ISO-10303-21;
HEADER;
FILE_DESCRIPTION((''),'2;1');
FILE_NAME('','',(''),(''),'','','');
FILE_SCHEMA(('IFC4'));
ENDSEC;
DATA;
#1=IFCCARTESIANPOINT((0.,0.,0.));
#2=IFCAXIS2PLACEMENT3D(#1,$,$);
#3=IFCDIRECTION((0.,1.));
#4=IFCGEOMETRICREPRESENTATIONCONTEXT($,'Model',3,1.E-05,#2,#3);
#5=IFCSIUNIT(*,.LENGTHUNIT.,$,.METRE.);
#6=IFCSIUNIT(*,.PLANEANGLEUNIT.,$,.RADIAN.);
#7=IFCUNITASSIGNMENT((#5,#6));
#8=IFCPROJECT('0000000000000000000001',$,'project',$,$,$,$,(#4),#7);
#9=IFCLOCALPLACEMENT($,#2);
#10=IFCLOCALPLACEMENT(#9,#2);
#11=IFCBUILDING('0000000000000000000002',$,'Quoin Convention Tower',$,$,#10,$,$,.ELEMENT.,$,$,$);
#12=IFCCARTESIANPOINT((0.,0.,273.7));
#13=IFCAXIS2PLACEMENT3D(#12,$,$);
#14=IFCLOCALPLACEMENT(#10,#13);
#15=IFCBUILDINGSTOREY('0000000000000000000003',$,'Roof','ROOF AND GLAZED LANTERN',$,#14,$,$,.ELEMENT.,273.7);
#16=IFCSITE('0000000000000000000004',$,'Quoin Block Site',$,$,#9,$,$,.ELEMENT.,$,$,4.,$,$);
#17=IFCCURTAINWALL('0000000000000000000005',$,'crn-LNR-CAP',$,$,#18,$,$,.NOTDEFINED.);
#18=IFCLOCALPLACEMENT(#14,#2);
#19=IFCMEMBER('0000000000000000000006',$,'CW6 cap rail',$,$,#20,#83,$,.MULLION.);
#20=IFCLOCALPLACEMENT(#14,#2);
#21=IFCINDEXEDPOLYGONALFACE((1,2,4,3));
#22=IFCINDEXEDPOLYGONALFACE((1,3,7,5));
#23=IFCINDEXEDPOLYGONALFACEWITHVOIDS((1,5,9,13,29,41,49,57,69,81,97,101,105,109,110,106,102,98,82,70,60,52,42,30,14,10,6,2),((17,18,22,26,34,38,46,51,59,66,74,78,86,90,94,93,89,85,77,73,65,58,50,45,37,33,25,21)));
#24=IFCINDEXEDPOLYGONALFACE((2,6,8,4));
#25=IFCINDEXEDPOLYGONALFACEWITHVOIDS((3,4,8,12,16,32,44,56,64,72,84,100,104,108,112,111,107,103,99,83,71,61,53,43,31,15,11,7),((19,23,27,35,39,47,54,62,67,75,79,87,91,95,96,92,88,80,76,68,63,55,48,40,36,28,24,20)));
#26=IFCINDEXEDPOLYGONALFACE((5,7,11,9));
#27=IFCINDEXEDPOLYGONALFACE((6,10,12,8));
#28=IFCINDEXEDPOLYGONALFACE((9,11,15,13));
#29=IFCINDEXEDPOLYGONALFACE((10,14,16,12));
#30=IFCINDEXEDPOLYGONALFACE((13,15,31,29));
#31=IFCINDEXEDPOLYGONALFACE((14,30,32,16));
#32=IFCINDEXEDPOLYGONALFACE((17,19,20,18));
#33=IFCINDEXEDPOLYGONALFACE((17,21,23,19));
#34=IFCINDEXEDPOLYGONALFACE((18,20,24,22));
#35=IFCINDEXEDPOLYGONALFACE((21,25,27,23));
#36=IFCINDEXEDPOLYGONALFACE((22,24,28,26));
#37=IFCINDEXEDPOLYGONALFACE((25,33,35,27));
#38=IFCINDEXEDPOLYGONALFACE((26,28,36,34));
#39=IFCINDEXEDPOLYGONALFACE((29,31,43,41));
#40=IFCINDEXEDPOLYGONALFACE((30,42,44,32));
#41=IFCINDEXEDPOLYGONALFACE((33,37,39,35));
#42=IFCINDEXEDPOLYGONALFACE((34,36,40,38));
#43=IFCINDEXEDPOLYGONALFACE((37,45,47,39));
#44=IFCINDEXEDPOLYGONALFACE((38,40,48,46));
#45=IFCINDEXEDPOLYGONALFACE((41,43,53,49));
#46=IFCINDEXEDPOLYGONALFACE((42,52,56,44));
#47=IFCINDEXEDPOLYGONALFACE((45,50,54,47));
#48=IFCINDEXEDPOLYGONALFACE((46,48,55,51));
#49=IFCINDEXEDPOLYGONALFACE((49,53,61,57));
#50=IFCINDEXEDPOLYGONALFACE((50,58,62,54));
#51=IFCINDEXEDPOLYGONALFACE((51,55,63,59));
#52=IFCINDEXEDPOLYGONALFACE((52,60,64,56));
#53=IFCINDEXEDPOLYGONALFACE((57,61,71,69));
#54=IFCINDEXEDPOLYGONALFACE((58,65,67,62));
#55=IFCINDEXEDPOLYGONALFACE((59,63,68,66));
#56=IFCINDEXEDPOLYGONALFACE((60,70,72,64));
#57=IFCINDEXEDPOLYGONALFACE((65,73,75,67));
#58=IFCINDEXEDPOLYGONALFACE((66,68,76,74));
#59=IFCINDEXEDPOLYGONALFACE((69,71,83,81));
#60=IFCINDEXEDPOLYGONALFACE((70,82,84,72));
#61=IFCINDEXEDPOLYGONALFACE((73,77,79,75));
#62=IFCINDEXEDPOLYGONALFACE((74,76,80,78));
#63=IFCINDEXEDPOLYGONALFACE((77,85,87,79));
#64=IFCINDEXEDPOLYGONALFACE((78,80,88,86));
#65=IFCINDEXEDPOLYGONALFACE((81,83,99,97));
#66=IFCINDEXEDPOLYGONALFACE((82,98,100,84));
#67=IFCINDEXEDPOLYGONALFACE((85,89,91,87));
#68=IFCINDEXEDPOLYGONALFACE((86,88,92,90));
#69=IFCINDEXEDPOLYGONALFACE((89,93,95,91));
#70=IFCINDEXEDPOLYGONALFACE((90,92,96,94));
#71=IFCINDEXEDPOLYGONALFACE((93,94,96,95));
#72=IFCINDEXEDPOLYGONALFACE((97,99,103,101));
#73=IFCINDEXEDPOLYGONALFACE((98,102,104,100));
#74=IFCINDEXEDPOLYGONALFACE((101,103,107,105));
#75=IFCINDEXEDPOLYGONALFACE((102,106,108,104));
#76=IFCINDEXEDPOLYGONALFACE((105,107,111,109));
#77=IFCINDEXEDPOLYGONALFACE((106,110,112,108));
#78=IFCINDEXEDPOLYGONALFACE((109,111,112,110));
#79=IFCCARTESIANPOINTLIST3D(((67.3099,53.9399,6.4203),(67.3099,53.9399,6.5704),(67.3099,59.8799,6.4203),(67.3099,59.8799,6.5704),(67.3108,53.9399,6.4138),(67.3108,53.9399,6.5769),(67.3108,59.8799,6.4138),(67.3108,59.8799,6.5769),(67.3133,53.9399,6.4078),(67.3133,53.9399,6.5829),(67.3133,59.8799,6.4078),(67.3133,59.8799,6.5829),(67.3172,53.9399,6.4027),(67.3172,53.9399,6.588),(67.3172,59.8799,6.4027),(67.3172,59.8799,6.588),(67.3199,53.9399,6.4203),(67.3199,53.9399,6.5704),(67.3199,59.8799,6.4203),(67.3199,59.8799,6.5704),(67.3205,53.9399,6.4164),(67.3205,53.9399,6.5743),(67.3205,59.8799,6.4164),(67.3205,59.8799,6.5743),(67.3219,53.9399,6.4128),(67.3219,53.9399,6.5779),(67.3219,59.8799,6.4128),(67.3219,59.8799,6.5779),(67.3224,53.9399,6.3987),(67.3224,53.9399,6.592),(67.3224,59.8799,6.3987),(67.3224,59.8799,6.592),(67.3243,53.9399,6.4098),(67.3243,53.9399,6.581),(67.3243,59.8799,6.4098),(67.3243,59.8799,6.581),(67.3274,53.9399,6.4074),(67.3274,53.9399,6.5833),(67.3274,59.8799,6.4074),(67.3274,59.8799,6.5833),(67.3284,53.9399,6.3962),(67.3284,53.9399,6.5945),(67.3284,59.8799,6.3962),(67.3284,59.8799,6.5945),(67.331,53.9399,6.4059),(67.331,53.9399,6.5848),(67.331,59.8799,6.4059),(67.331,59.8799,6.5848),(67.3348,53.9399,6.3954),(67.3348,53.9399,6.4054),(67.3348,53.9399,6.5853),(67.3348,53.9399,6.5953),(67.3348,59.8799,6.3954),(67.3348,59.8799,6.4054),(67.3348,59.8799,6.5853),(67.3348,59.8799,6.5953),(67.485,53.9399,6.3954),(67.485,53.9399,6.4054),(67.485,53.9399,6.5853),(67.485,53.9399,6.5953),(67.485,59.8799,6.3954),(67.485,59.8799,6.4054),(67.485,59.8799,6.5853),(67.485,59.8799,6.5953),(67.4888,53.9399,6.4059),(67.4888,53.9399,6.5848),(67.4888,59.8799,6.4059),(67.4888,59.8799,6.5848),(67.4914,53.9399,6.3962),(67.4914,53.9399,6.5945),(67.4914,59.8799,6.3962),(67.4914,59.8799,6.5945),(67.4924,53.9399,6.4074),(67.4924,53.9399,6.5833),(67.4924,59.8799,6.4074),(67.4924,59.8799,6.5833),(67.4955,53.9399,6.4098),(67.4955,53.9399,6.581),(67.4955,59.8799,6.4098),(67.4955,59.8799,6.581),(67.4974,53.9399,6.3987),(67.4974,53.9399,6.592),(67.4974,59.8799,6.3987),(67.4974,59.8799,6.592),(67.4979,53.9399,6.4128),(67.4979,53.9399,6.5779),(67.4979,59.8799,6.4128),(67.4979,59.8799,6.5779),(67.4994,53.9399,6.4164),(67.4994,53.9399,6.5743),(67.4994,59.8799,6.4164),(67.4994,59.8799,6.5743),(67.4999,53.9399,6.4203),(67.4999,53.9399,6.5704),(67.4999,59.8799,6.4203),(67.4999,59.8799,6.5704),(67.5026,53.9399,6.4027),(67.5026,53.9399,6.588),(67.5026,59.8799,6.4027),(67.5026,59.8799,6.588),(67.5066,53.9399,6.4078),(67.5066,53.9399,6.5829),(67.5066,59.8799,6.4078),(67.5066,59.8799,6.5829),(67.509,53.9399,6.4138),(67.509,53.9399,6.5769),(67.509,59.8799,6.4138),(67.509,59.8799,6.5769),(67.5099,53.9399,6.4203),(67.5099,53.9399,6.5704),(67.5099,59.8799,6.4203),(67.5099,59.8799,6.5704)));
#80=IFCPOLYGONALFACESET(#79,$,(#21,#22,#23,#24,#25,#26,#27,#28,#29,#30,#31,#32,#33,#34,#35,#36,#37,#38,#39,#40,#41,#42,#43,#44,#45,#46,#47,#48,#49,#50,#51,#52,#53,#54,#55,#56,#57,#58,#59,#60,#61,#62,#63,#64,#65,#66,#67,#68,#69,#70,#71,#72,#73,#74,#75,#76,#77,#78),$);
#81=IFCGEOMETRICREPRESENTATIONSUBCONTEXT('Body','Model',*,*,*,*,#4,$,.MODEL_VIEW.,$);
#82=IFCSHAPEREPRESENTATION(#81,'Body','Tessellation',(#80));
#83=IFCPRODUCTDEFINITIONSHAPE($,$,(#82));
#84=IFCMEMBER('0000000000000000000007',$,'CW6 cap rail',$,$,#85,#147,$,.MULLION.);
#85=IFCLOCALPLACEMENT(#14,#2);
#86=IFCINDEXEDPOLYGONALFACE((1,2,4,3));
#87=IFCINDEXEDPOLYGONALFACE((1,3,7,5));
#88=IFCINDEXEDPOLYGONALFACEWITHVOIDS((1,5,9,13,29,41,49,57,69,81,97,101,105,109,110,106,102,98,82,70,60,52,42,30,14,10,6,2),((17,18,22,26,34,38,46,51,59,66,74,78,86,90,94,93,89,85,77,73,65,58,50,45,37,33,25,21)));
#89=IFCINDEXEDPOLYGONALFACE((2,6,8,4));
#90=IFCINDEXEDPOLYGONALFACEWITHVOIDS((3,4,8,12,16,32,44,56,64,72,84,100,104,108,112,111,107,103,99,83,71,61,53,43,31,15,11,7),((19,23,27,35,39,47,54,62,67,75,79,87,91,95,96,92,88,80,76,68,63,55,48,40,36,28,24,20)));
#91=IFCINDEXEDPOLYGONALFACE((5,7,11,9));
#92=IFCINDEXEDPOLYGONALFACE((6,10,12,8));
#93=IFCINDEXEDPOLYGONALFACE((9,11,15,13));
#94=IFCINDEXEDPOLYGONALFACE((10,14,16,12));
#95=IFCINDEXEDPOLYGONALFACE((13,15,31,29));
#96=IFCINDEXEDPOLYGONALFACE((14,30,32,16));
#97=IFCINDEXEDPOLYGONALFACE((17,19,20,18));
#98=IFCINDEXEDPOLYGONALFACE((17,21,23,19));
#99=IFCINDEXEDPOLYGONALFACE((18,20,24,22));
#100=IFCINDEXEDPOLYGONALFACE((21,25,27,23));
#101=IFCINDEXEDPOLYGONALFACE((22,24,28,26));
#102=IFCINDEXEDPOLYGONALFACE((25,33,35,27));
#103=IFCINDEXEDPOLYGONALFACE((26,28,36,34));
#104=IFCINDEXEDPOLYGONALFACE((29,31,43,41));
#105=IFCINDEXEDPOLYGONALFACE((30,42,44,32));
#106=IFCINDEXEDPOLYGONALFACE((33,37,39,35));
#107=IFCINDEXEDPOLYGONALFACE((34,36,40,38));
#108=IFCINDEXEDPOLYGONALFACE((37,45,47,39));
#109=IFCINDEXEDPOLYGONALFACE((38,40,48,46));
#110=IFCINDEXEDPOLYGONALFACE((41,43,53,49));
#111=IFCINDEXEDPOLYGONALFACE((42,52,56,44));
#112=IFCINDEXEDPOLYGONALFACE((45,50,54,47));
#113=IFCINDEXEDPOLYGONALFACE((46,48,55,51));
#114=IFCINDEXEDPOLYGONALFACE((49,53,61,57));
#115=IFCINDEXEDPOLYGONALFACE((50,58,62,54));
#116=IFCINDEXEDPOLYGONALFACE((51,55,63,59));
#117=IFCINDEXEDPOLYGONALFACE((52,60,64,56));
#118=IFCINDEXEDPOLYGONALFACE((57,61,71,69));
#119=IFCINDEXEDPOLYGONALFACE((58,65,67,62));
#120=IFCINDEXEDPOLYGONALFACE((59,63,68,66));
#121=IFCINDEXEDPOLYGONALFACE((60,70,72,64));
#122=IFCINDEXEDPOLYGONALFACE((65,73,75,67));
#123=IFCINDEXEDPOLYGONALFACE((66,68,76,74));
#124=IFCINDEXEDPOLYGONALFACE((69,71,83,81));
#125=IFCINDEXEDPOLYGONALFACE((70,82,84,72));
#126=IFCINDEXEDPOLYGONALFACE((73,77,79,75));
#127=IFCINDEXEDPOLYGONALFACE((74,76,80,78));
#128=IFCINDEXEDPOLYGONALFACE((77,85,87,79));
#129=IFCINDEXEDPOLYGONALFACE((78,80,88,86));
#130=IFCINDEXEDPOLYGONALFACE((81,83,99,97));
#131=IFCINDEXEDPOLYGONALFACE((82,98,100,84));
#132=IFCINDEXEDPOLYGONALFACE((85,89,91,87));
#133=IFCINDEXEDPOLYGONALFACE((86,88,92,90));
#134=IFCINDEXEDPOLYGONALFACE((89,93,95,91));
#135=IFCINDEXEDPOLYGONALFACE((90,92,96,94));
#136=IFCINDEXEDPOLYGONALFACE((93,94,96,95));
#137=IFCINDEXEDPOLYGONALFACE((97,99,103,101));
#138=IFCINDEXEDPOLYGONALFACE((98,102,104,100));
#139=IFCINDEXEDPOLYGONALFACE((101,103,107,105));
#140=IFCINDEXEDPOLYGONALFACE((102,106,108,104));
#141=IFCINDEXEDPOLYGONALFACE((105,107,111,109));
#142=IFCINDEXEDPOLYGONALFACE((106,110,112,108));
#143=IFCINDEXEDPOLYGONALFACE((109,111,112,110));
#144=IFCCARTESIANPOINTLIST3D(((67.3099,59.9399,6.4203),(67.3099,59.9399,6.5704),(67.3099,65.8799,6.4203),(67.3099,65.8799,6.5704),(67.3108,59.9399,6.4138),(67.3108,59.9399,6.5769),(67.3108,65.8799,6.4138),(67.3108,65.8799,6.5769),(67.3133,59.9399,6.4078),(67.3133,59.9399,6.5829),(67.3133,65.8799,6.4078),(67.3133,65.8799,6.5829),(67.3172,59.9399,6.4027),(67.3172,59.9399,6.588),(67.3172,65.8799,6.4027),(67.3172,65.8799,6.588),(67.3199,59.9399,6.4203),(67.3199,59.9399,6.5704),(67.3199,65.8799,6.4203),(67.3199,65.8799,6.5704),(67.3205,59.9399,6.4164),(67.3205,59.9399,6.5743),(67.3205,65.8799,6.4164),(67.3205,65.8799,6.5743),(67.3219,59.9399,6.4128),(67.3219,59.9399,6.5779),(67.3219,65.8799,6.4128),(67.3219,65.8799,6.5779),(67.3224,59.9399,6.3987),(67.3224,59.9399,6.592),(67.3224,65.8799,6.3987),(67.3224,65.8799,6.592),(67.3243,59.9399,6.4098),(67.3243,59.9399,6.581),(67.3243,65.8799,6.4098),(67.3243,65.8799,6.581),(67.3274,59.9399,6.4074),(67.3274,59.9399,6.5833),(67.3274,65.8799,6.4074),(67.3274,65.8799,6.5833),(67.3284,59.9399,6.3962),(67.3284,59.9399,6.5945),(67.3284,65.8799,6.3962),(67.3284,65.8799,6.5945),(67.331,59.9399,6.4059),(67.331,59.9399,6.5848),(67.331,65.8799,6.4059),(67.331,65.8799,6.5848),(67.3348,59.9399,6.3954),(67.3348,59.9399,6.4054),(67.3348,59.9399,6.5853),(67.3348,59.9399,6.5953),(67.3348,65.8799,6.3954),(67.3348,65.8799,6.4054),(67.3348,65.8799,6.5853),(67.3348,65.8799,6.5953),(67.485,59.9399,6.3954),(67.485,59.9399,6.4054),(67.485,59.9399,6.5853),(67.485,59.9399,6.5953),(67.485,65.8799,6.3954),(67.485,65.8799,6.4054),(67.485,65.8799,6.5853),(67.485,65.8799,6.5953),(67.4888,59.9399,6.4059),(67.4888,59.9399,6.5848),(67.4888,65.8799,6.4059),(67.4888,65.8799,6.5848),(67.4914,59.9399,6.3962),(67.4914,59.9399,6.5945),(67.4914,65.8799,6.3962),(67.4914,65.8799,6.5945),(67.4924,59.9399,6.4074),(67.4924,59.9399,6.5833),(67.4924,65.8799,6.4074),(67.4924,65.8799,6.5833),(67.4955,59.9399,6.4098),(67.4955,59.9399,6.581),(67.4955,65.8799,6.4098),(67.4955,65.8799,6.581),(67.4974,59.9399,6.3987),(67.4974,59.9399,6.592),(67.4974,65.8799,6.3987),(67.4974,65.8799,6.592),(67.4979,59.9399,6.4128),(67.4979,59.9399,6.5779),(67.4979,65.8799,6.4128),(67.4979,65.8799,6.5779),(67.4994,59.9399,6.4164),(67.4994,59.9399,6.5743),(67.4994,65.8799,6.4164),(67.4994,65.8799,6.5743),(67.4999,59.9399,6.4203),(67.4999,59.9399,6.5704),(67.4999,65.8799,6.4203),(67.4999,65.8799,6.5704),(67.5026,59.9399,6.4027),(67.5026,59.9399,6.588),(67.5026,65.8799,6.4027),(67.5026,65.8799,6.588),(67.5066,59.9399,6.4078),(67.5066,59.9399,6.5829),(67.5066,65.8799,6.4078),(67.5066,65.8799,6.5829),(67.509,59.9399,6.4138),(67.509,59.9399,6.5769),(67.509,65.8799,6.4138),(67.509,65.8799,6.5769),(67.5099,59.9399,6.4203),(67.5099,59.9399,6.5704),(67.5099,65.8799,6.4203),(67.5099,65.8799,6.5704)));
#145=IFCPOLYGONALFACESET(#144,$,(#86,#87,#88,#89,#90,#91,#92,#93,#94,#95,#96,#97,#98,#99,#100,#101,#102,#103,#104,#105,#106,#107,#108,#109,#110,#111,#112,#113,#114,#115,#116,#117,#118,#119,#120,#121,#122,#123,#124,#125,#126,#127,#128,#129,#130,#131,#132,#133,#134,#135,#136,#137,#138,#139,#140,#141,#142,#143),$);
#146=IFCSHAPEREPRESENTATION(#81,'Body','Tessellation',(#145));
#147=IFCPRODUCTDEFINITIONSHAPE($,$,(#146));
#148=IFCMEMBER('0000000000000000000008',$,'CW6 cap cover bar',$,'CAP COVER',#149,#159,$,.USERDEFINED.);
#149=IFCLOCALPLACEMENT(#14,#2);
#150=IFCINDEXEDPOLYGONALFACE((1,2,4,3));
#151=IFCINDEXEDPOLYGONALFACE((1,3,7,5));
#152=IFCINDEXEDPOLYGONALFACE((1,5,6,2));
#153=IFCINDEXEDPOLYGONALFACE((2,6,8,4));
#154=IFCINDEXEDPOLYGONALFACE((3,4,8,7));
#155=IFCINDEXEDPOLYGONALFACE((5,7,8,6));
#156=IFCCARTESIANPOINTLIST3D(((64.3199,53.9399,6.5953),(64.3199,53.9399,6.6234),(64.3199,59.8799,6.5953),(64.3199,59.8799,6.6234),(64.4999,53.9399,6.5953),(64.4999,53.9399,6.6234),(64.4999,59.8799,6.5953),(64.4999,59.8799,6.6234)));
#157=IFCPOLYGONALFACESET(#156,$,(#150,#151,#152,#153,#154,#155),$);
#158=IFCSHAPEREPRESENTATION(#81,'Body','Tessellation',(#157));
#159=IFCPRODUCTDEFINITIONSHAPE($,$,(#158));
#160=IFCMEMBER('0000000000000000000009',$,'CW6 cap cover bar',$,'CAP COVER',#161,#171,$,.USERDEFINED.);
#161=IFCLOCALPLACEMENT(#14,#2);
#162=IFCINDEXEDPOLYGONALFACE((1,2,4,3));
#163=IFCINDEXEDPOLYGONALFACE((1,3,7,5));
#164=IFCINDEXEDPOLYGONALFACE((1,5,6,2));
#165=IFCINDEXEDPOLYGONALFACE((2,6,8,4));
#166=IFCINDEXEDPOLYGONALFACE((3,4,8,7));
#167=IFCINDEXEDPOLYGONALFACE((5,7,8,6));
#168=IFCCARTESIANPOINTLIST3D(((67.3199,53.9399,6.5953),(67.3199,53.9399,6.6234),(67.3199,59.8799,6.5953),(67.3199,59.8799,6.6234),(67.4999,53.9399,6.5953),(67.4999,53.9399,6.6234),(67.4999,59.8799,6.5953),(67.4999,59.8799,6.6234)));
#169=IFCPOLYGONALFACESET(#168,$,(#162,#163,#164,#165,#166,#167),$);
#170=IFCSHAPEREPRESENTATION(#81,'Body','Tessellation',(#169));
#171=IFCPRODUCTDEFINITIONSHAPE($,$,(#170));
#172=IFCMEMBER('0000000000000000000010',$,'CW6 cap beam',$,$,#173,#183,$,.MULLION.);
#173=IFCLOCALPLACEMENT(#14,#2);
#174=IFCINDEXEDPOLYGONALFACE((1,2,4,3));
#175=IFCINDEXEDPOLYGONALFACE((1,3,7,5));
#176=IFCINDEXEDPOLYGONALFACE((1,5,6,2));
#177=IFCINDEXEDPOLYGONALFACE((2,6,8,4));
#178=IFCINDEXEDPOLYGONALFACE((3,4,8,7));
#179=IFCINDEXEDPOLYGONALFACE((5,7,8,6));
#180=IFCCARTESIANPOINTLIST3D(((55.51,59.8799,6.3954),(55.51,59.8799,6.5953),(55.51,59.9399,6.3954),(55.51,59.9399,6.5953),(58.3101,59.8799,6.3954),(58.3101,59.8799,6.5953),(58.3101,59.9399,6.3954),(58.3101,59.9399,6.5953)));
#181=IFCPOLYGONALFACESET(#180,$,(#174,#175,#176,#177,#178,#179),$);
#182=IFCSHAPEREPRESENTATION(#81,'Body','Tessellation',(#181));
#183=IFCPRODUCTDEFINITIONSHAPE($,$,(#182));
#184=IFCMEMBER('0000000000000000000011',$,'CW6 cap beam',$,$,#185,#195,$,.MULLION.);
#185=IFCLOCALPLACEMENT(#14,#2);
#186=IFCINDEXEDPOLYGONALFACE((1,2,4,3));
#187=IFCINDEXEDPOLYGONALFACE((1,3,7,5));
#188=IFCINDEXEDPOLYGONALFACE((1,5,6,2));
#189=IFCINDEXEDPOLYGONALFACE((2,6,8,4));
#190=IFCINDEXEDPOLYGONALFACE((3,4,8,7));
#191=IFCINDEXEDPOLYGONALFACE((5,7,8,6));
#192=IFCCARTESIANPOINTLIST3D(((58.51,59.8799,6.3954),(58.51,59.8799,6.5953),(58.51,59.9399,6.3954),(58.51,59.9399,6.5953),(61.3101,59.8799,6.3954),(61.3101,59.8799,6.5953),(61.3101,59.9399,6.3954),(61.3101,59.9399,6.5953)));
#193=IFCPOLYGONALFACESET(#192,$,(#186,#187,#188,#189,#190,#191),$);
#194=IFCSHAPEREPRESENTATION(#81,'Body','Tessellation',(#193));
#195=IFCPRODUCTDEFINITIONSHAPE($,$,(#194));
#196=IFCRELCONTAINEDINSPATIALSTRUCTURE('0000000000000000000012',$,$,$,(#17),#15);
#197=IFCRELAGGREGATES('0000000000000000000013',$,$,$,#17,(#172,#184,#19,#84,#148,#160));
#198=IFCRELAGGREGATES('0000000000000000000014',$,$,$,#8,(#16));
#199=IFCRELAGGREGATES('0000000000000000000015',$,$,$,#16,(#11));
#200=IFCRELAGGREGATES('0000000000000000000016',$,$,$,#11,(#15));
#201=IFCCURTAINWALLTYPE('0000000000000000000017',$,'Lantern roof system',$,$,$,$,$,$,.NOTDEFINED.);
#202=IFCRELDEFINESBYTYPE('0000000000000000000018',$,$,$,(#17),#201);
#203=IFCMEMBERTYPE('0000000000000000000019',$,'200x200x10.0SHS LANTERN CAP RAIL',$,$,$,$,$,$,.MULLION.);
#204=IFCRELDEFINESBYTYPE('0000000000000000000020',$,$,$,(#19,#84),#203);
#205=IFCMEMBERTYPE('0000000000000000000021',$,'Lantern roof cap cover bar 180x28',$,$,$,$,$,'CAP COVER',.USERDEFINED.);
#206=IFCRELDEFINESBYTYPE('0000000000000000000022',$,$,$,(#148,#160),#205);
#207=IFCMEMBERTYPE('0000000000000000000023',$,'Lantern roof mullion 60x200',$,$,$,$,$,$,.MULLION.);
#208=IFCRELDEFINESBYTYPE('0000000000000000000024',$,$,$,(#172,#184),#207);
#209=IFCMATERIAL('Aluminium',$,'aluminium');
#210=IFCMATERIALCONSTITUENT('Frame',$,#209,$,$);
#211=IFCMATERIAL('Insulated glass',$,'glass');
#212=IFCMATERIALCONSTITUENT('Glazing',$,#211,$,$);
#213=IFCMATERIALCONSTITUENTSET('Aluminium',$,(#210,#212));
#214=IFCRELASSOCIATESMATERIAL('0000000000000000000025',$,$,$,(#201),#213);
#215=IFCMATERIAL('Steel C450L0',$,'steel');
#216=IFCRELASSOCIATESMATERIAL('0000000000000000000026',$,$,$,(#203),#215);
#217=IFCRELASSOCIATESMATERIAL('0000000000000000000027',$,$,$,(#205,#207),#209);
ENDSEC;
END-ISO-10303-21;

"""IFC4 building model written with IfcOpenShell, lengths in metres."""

from ifc_helpers import new_model, si_unit, direction, frame, origin, origin_2d, place, context, subcontext, project, spatial, rectangle, hollow_rectangle, extrude, material, constituent, constituent_set, material_profile, profile_set, type_object, element, aggregate, save


model = new_model("IFC4")

# Units and contexts
model_context = context("Model", 3, precision=1e-05, world=origin(), true_north=direction((0.0, 1.0)))
body_context = subcontext(model_context, "Body", "Model", "MODEL_VIEW")
ifc_project = project(units=[si_unit("LENGTHUNIT", "METRE"), si_unit("PLANEANGLEUNIT", "RADIAN")], contexts=[model_context])

# Site, building, storey
site_placement = place(None, origin())
site = spatial("IfcSite", under=ifc_project, at=site_placement, Name="Quoin Block Site", CompositionType="ELEMENT", RefElevation=4.0)
building_placement = place(site_placement, origin())
building = spatial("IfcBuilding", under=site, at=building_placement, Name="Quoin Convention Tower", CompositionType="ELEMENT")
storey_placement = place(building_placement, frame((0.0, 0.0, 273.7)))
storey = spatial("IfcBuildingStorey", under=building, at=storey_placement, Name="Roof", Description="ROOF AND GLAZED LANTERN", CompositionType="ELEMENT", Elevation=273.7)

# Shared definitions
ifc_material_1 = material(Name="Steel C450L0", Category="steel")

# Curtain wall, members
ifc_material_2 = material(Name="Aluminium", Category="aluminium")
ifc_constituent_1 = constituent(ifc_material_2, Name="Frame")
ifc_material_3 = material(Name="Insulated glass", Category="glass")
ifc_constituent_2 = constituent(ifc_material_3, Name="Glazing")
ifc_constituent_set = constituent_set(constituents=[ifc_constituent_1, ifc_constituent_2], Name="Aluminium")
curtain_wall_type = type_object("IfcCurtainWallType", Name="Lantern roof system", PredefinedType="NOTDEFINED", material=ifc_constituent_set)
curtain_wall_placement = place(storey_placement, origin())
curtain_wall = element("IfcCurtainWall", 1, at=curtain_wall_placement, inside=storey, type_object=curtain_wall_type, Name="crn-LNR-CAP", PredefinedType="NOTDEFINED")
ifc_material_profile_1 = material_profile(ifc_material_1, hollow_rectangle(XDim=0.2, YDim=0.2, WallThickness=0.01, InnerFilletRadius=0.0149, OuterFilletRadius=0.0249, at=origin_2d()), Name="200x200x10.0SHS")
ifc_profile_set_1 = profile_set([ifc_material_profile_1], Name="Steel C450L0")
member_type_1 = type_object("IfcMemberType", Name="200x200x10.0SHS LANTERN CAP RAIL", PredefinedType="MULLION", material=ifc_profile_set_1)
member_1_placement = place(storey_placement, frame((67.4099, 53.9399, 6.4954), z_axis=(0.0, 1.0, 0.0), x_axis=(-1.0, 0.0, 0.0)))
member_1 = element("IfcMember", 2, at=member_1_placement, type_object=member_type_1, Name="CW6 cap rail", PredefinedType="MULLION", context=body_context, shape_type="SweptSolid", body=[
    extrude(hollow_rectangle(XDim=0.2, YDim=0.2, WallThickness=0.01, InnerFilletRadius=0.0149, OuterFilletRadius=0.0249, at=origin_2d()), origin(), (0.0, 0.0, 1.0), 5.9399),
])
member_2_placement = place(storey_placement, frame((67.4099, 59.9399, 6.4954), z_axis=(0.0, 1.0, 0.0), x_axis=(-1.0, 0.0, 0.0)))
member_2 = element("IfcMember", 3, at=member_2_placement, type_object=member_type_1, Name="CW6 cap rail", PredefinedType="MULLION", context=body_context, shape_type="SweptSolid", body=[
    extrude(hollow_rectangle(XDim=0.2, YDim=0.2, WallThickness=0.01, InnerFilletRadius=0.0149, OuterFilletRadius=0.0249, at=origin_2d()), origin(), (0.0, 0.0, 1.0), 5.9399),
])
ifc_material_profile_2 = material_profile(ifc_material_2, rectangle(XDim=0.0281, YDim=0.1799, at=origin_2d()), Name="Lantern roof cap cover bar 180x28")
ifc_profile_set_2 = profile_set([ifc_material_profile_2], Name="Aluminium")
member_type_2 = type_object("IfcMemberType", Name="Lantern roof cap cover bar 180x28", ElementType="CAP COVER", PredefinedType="USERDEFINED", material=ifc_profile_set_2)
member_3_placement = place(storey_placement, frame((64.4099, 53.9399, 6.6094), z_axis=(0.0, 1.0, 0.0), x_axis=(0.0, 0.0, 1.0)))
member_3 = element("IfcMember", 4, at=member_3_placement, type_object=member_type_2, Name="CW6 cap cover bar", ObjectType="CAP COVER", PredefinedType="USERDEFINED", context=body_context, shape_type="SweptSolid", body=[
    extrude(rectangle(XDim=0.0281, YDim=0.1799, at=origin_2d()), origin(), (0.0, 0.0, 1.0), 5.9399),
])
member_4_placement = place(storey_placement, frame((67.4099, 53.9399, 6.6094), z_axis=(0.0, 1.0, 0.0), x_axis=(0.0, 0.0, 1.0)))
member_4 = element("IfcMember", 5, at=member_4_placement, type_object=member_type_2, Name="CW6 cap cover bar", ObjectType="CAP COVER", PredefinedType="USERDEFINED", context=body_context, shape_type="SweptSolid", body=[
    extrude(rectangle(XDim=0.0281, YDim=0.1799, at=origin_2d()), origin(), (0.0, 0.0, 1.0), 5.9399),
])
ifc_material_profile_3 = material_profile(ifc_material_2, rectangle(XDim=0.2, YDim=0.0601, at=origin_2d()), Name="Lantern roof mullion 60x200")
ifc_profile_set_3 = profile_set([ifc_material_profile_3], Name="Aluminium")
member_type_3 = type_object("IfcMemberType", Name="Lantern roof mullion 60x200", PredefinedType="MULLION", material=ifc_profile_set_3)
member_5_placement = place(storey_placement, frame((55.51, 59.9099, 6.4954), z_axis=(1.0, 0.0, 0.0), x_axis=(0.0, 0.0, 1.0)))
member_5 = element("IfcMember", 6, at=member_5_placement, type_object=member_type_3, Name="CW6 cap beam", PredefinedType="MULLION", context=body_context, shape_type="SweptSolid", body=[
    extrude(rectangle(XDim=0.2, YDim=0.0601, at=origin_2d()), origin(), (0.0, 0.0, 1.0), 2.8),
])
member_6_placement = place(storey_placement, frame((58.51, 59.9099, 6.4954), z_axis=(1.0, 0.0, 0.0), x_axis=(0.0, 0.0, 1.0)))
member_6 = element("IfcMember", 7, at=member_6_placement, type_object=member_type_3, Name="CW6 cap beam", PredefinedType="MULLION", context=body_context, shape_type="SweptSolid", body=[
    extrude(rectangle(XDim=0.2, YDim=0.0601, at=origin_2d()), origin(), (0.0, 0.0, 1.0), 2.8),
])
aggregate(curtain_wall, [member_5, member_6, member_1, member_2, member_3, member_4])

save(model, "model.ifc")
